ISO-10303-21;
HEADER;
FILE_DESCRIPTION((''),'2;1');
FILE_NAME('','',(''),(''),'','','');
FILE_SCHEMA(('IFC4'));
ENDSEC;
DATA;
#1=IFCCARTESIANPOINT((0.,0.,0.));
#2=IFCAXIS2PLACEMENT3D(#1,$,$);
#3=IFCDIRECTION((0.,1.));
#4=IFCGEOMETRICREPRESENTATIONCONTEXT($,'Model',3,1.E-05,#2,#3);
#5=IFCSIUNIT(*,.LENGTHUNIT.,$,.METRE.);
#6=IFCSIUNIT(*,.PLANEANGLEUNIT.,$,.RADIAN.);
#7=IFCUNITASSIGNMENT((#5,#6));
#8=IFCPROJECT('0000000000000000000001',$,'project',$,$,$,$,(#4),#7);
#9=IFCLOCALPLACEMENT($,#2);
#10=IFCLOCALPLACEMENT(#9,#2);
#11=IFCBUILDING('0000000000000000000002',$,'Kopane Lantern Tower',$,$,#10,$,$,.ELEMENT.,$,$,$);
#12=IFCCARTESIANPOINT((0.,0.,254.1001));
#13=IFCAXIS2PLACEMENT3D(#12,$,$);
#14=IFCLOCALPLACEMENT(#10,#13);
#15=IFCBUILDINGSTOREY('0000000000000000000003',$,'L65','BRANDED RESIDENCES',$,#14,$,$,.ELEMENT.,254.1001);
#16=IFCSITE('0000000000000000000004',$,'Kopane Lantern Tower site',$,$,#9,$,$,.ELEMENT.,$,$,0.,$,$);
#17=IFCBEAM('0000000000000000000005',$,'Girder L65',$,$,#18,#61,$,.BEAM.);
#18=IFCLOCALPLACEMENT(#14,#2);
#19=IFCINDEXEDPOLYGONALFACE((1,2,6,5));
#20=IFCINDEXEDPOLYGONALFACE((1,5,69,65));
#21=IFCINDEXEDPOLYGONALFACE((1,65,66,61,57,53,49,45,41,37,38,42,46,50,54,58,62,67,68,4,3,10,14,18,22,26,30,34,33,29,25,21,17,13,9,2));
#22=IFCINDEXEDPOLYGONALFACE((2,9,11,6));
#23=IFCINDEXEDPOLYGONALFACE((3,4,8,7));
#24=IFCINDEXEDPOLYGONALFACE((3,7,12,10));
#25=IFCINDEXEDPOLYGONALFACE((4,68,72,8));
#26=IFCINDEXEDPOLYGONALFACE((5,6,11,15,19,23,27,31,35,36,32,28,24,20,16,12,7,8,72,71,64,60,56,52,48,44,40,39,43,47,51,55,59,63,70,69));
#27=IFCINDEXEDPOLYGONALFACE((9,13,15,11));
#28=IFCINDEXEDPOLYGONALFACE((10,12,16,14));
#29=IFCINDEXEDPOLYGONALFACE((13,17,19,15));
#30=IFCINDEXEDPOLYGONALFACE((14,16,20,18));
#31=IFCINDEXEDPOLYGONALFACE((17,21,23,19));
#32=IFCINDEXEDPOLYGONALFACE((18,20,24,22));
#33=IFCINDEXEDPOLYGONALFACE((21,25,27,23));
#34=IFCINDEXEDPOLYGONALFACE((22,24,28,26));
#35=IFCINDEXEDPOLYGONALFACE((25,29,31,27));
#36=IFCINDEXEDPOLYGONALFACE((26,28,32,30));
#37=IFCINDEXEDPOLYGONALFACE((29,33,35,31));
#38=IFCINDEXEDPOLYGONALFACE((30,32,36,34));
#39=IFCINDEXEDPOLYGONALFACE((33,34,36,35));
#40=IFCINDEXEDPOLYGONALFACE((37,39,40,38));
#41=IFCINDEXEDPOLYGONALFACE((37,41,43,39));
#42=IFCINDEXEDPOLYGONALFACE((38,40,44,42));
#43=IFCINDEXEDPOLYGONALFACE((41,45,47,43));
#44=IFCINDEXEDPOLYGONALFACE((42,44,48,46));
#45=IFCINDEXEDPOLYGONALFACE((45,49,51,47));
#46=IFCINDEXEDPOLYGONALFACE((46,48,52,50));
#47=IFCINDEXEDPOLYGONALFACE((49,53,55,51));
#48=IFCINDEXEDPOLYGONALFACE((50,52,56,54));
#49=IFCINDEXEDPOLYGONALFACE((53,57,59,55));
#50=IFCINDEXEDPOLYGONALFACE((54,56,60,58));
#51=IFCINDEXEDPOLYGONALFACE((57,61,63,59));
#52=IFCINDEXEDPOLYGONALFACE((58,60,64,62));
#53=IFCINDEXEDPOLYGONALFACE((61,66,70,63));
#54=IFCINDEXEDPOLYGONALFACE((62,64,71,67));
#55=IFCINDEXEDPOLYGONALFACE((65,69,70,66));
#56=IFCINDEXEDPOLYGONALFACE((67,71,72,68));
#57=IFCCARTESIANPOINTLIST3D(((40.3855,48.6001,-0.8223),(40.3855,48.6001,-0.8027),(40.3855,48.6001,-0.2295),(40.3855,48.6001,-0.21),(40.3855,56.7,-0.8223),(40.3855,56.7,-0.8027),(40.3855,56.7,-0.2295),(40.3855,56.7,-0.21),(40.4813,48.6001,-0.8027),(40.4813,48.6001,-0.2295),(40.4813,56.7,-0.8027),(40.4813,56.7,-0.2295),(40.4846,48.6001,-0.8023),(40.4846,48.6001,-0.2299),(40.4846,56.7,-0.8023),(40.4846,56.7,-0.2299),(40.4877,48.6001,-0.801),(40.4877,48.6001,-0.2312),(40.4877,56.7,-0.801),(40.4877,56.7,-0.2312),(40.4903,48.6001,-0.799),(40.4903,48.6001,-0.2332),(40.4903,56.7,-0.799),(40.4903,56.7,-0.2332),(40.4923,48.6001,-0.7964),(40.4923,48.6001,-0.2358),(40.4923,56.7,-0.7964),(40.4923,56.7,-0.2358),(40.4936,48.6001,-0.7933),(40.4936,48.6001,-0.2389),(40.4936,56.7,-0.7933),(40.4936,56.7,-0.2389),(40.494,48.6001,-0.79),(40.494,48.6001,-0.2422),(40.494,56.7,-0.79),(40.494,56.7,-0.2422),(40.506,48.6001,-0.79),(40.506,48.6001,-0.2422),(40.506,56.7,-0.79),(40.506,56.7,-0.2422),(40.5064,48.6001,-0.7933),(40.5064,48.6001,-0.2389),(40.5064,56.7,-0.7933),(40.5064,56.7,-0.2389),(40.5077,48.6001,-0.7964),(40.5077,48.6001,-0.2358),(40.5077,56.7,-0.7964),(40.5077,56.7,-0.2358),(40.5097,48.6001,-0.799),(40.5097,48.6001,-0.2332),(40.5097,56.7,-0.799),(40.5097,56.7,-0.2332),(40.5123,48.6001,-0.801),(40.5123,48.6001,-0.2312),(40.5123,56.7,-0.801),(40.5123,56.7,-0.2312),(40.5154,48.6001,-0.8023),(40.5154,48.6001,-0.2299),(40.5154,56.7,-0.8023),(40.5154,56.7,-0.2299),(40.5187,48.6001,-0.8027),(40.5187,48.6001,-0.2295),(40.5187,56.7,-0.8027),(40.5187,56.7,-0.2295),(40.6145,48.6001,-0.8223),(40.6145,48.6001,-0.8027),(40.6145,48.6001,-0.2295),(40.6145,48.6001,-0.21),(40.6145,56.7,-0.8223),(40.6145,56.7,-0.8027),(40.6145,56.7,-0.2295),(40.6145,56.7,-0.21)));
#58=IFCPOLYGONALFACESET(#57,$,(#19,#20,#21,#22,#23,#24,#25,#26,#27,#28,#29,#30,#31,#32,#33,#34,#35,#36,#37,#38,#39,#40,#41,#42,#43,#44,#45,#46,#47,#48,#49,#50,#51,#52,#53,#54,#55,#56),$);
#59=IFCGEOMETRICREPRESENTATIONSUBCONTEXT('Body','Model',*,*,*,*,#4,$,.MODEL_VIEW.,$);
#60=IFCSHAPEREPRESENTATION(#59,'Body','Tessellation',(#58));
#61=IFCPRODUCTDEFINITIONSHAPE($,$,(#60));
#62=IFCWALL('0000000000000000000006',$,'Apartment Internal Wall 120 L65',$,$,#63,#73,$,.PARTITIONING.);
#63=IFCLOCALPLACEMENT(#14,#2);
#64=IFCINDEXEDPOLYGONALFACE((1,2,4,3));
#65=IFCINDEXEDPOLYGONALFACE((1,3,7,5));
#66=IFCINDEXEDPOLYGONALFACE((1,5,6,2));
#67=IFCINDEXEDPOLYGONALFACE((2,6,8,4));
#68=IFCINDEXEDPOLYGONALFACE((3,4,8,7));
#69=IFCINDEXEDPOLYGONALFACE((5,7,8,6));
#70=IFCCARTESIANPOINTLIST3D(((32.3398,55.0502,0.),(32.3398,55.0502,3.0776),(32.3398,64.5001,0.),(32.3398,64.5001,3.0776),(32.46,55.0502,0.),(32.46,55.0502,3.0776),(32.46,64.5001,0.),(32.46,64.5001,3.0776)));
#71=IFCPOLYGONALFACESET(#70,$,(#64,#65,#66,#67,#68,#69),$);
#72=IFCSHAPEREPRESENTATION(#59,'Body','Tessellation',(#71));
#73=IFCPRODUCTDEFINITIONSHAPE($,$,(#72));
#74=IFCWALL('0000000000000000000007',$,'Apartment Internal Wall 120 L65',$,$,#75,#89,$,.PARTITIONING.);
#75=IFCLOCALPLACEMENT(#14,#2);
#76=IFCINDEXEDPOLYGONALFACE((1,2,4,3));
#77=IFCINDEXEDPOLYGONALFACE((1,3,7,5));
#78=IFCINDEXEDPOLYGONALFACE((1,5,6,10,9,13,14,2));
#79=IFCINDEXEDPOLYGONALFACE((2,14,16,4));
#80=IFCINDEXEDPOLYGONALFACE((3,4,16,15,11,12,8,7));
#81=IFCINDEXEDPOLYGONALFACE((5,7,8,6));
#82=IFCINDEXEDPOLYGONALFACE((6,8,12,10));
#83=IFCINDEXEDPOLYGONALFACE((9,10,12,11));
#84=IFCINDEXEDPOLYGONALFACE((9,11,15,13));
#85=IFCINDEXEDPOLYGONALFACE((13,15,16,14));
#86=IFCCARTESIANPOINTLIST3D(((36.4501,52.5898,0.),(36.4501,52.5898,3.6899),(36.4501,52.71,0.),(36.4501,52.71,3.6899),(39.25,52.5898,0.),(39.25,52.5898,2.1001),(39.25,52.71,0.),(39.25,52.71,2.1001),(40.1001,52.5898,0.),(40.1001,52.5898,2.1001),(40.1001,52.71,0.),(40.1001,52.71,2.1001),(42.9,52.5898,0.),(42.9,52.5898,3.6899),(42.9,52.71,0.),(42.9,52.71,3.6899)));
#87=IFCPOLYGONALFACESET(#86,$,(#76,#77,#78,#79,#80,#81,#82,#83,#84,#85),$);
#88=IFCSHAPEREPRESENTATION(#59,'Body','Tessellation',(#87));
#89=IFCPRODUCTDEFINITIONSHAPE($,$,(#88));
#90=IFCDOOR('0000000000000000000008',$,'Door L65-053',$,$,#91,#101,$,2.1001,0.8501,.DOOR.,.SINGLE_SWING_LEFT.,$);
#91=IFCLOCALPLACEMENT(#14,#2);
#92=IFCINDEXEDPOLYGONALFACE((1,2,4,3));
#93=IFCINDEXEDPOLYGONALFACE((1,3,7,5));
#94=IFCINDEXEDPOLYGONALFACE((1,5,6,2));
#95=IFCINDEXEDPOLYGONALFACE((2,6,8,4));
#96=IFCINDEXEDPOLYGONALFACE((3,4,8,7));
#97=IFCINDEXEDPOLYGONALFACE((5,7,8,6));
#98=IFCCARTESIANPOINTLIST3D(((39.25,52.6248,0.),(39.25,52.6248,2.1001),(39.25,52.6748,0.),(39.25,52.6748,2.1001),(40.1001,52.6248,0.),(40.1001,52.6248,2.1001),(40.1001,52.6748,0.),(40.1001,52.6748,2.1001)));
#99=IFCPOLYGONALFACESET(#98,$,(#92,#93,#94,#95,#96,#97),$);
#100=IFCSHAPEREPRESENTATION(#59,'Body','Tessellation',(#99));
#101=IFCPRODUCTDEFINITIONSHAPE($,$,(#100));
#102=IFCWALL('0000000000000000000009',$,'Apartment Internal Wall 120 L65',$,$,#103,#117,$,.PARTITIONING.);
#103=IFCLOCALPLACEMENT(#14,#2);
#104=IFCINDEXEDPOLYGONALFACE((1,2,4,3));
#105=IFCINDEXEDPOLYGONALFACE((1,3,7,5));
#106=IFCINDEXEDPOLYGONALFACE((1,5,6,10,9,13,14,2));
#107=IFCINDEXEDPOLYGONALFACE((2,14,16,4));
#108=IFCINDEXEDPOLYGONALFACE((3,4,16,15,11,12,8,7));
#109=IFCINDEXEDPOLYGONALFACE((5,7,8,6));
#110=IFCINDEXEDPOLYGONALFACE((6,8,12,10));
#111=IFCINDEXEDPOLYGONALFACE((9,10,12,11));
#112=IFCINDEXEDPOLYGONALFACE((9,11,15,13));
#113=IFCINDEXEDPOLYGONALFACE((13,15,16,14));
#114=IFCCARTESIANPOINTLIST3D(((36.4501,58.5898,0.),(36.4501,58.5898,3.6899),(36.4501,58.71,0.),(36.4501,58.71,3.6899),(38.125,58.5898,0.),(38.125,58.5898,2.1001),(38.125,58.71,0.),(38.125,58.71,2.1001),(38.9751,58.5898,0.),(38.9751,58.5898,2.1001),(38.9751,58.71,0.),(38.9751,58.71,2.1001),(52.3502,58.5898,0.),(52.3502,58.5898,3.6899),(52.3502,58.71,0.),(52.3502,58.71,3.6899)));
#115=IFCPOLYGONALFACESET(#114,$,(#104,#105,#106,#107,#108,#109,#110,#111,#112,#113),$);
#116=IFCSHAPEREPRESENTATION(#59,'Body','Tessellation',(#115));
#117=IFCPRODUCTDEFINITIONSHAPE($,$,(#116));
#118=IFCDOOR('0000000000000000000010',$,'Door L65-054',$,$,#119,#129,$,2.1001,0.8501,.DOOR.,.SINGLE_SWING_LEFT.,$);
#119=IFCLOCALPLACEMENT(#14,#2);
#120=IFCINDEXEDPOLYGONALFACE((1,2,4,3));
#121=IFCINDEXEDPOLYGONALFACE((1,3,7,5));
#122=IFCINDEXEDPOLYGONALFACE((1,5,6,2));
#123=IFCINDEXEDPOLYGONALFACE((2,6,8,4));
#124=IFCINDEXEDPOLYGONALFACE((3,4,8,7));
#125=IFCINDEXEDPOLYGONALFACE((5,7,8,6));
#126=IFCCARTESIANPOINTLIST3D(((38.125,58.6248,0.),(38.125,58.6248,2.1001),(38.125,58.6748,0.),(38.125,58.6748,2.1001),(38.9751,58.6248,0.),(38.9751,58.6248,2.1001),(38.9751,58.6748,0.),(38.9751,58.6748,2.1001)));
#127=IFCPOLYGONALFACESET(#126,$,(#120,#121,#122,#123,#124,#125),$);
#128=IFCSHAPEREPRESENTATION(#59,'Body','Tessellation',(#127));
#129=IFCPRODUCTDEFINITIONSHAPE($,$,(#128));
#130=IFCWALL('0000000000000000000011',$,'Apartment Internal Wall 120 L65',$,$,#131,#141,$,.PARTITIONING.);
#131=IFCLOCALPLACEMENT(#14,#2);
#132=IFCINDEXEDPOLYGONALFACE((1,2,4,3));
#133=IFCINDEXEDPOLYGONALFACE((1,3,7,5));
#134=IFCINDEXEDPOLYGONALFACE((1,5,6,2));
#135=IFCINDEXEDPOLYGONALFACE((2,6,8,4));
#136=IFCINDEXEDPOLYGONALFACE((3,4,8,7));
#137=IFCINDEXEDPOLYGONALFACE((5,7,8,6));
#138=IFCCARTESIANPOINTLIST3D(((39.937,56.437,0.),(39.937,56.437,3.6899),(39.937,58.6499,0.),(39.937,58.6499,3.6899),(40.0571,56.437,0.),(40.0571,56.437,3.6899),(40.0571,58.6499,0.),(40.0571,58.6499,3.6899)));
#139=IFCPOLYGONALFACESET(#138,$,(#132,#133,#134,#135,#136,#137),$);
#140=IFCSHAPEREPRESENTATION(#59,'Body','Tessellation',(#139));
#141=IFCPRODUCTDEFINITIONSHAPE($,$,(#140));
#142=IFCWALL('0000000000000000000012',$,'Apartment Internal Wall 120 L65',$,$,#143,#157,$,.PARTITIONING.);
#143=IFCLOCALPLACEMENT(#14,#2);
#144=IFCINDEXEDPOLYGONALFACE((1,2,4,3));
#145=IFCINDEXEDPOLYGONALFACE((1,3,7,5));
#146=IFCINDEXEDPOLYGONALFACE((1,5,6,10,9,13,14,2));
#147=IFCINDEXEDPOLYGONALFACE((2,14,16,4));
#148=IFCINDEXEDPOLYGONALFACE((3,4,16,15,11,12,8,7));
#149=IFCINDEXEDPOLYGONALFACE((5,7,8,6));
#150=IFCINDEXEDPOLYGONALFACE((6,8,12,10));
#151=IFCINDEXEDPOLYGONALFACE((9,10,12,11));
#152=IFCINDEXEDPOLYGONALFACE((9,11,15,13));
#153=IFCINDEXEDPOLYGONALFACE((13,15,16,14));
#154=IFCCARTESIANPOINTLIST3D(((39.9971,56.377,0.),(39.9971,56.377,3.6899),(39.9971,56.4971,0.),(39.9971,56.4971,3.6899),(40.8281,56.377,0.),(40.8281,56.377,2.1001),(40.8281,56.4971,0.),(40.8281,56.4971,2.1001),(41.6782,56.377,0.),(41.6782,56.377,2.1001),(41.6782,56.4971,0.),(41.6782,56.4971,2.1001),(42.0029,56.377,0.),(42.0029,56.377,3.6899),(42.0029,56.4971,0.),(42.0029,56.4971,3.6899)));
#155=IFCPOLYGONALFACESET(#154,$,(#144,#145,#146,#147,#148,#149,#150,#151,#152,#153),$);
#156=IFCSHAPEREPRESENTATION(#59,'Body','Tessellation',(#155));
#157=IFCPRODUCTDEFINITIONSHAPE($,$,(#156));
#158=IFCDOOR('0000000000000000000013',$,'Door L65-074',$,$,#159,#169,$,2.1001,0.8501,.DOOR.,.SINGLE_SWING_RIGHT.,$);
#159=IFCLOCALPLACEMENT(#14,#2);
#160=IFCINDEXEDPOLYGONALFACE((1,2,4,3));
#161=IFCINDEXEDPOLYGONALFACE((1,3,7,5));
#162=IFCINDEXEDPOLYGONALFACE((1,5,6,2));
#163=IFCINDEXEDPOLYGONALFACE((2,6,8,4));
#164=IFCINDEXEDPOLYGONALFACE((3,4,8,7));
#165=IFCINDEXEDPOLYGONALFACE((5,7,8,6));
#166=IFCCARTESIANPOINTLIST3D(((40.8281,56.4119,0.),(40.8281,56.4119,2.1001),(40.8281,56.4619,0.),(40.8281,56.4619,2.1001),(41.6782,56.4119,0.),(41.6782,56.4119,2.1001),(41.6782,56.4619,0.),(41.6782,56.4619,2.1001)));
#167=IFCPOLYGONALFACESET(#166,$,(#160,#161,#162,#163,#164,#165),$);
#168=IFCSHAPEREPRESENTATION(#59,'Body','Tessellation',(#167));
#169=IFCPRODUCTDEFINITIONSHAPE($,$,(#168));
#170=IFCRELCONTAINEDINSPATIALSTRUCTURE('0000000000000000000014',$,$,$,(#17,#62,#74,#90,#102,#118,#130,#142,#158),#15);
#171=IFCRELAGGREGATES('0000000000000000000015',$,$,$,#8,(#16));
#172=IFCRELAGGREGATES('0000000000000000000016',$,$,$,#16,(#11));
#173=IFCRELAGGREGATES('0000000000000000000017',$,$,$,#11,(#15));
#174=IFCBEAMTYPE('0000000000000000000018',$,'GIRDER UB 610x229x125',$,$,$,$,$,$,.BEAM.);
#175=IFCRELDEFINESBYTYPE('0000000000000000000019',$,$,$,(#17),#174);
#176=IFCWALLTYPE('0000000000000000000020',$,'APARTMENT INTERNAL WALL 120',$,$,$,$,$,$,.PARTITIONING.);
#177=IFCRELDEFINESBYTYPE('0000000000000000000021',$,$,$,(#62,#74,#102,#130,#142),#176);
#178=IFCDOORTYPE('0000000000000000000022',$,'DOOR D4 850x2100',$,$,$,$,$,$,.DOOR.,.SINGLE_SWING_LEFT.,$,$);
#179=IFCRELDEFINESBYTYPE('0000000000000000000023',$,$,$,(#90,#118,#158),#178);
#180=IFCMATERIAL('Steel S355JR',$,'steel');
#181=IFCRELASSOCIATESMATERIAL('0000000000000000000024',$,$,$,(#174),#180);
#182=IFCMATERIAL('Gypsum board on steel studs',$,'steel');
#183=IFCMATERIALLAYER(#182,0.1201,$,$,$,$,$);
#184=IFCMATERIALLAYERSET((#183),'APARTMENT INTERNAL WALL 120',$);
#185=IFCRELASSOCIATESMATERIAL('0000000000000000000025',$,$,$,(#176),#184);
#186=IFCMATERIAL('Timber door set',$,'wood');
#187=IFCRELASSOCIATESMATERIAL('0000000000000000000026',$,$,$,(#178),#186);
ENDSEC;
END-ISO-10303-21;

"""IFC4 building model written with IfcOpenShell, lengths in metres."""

from ifc_helpers import new_model, si_unit, direction, frame, frame_2d, origin, origin_2d, place, context, subcontext, project, spatial, rectangle, i_section, extrude, material, layer, layer_set, material_profile, profile_set, type_object, element, fill, save


model = new_model("IFC4")

# Units and contexts
model_context = context("Model", 3, precision=1e-05, world=origin(), true_north=direction((0.0, 1.0)))
body_context = subcontext(model_context, "Body", "Model", "MODEL_VIEW")
ifc_project = project(units=[si_unit("LENGTHUNIT", "METRE"), si_unit("PLANEANGLEUNIT", "RADIAN")], contexts=[model_context])

# Site, building, storey
site_placement = place(None, origin())
site = spatial("IfcSite", under=ifc_project, at=site_placement, Name="Kopane Lantern Tower site", CompositionType="ELEMENT", RefElevation=0.0)
building_placement = place(site_placement, origin())
building = spatial("IfcBuilding", under=site, at=building_placement, Name="Kopane Lantern Tower", CompositionType="ELEMENT")
storey_placement = place(building_placement, frame((0.0, 0.0, 254.1001)))
storey = spatial("IfcBuildingStorey", under=building, at=storey_placement, Name="L65", Description="BRANDED RESIDENCES", CompositionType="ELEMENT", Elevation=254.1001)

# Beam
ifc_material_1 = material(Name="Steel S355JR", Category="steel")
ifc_material_profile_1 = material_profile(ifc_material_1, i_section(OverallWidth=0.229, OverallDepth=0.6123, WebThickness=0.012, FlangeThickness=0.0195, FilletRadius=0.0127, at=origin_2d()), Name="UB 610x229x125")
ifc_profile_set_1 = profile_set([ifc_material_profile_1], Name="Steel S355JR")
beam_type = type_object("IfcBeamType", Name="GIRDER UB 610x229x125", PredefinedType="BEAM", material=ifc_profile_set_1)
beam_1_placement = place(storey_placement, frame((40.5, 48.6001, -0.5161), z_axis=(0.0, 1.0, 0.0), x_axis=(-1.0, 0.0, 0.0)))
element("IfcBeam", 1, at=beam_1_placement, inside=storey, type_object=beam_type, Name="Girder L65", PredefinedType="BEAM", context=body_context, shape_type="SweptSolid", body=[
    extrude(i_section(OverallWidth=0.229, OverallDepth=0.6123, WebThickness=0.012, FlangeThickness=0.0195, FilletRadius=0.0127, at=origin_2d()), origin(), (0.0, 0.0, 1.0), 8.0999),
])

# Wall
ifc_material_2 = material(Name="Gypsum board on steel studs", Category="steel")
ifc_layer_1 = layer(ifc_material_2, 0.1201)
ifc_layer_set_1 = layer_set([ifc_layer_1], Name="APARTMENT INTERNAL WALL 120")
wall_type_1 = type_object("IfcWallType", Name="APARTMENT INTERNAL WALL 120", PredefinedType="PARTITIONING", material=ifc_layer_set_1)
wall_1_placement = place(storey_placement, frame((32.3999, 55.05, 0.0), z_axis=(0.0, 0.0, 1.0), x_axis=(0.0, 1.0, 0.0)))
element("IfcWall", 2, at=wall_1_placement, inside=storey, type_object=wall_type_1, Name="Apartment Internal Wall 120 L65", PredefinedType="PARTITIONING", context=body_context, shape_type="SweptSolid", body=[
    extrude(rectangle(XDim=9.45, YDim=0.1201, at=frame_2d((4.7251, 0.0))), origin(), (0.0, 0.0, 1.0), 3.0776),
])

# Walls, openings, doors
wall_2_placement = place(storey_placement, frame((36.45, 52.6499, 0.0), z_axis=(0.0, 0.0, 1.0), x_axis=(1.0, 0.0, 0.0)))
wall_2 = element("IfcWall", 3, at=wall_2_placement, inside=storey, type_object=wall_type_1, Name="Apartment Internal Wall 120 L65", PredefinedType="PARTITIONING", context=body_context, shape_type="SweptSolid", body=[
    extrude(rectangle(XDim=6.45, YDim=0.1201, at=frame_2d((3.2251, 0.0))), origin(), (0.0, 0.0, 1.0), 3.6899),
])
opening_1_placement = place(wall_2_placement, frame((2.8, 0.0, 0.0)))
opening_1 = element("IfcOpeningElement", 4, at=opening_1_placement, cuts=wall_2, PredefinedType="OPENING", context=body_context, shape_type="SweptSolid", body=[
    extrude(rectangle(XDim=0.8501, YDim=2.1001, at=frame_2d((0.425, 1.05))), frame((0.0, 0.0701, 0.0), z_axis=(0.0, -1.0, 0.0), x_axis=(1.0, 0.0, 0.0)), (0.0, 0.0, 1.0), 0.1401),
])
ifc_material_3 = material(Name="Timber door set", Category="wood")
door_type_1 = type_object("IfcDoorType", Name="DOOR D4 850x2100", OperationType="SINGLE_SWING_LEFT", PredefinedType="DOOR", material=ifc_material_3)
door_1_placement = place(opening_1_placement, origin())
door_1 = element("IfcDoor", 5, at=door_1_placement, inside=storey, type_object=door_type_1, Name="Door L65-053", OperationType="SINGLE_SWING_LEFT", OverallHeight=2.1001, OverallWidth=0.8501, PredefinedType="DOOR", context=body_context, shape_type="SweptSolid", body=[
    extrude(rectangle(XDim=0.8501, YDim=2.1001, at=frame_2d((0.425, 1.05))), frame((0.0, 0.0249, 0.0), z_axis=(0.0, -1.0, 0.0), x_axis=(1.0, 0.0, 0.0)), (0.0, 0.0, 1.0), 0.05),
])
fill(opening_1, door_1)
wall_3_placement = place(storey_placement, frame((36.45, 58.6499, 0.0), z_axis=(0.0, 0.0, 1.0), x_axis=(1.0, 0.0, 0.0)))
wall_3 = element("IfcWall", 6, at=wall_3_placement, inside=storey, type_object=wall_type_1, Name="Apartment Internal Wall 120 L65", PredefinedType="PARTITIONING", context=body_context, shape_type="SweptSolid", body=[
    extrude(rectangle(XDim=15.9001, YDim=0.1201, at=frame_2d((7.9502, 0.0))), origin(), (0.0, 0.0, 1.0), 3.6899),
])
opening_2_placement = place(wall_3_placement, frame((1.675, 0.0, 0.0)))
opening_2 = element("IfcOpeningElement", 7, at=opening_2_placement, cuts=wall_3, PredefinedType="OPENING", context=body_context, shape_type="SweptSolid", body=[
    extrude(rectangle(XDim=0.8501, YDim=2.1001, at=frame_2d((0.425, 1.05))), frame((0.0, 0.0701, 0.0), z_axis=(0.0, -1.0, 0.0), x_axis=(1.0, 0.0, 0.0)), (0.0, 0.0, 1.0), 0.1401),
])
door_2_placement = place(opening_2_placement, origin())
door_2 = element("IfcDoor", 8, at=door_2_placement, inside=storey, type_object=door_type_1, Name="Door L65-054", OperationType="SINGLE_SWING_LEFT", OverallHeight=2.1001, OverallWidth=0.8501, PredefinedType="DOOR", context=body_context, shape_type="SweptSolid", body=[
    extrude(rectangle(XDim=0.8501, YDim=2.1001, at=frame_2d((0.425, 1.05))), frame((0.0, 0.0249, 0.0), z_axis=(0.0, -1.0, 0.0), x_axis=(1.0, 0.0, 0.0)), (0.0, 0.0, 1.0), 0.05),
])
fill(opening_2, door_2)

# Wall
wall_4_placement = place(storey_placement, frame((39.9971, 58.6499, 0.0), z_axis=(0.0, 0.0, 1.0), x_axis=(0.0, -1.0, 0.0)))
element("IfcWall", 9, at=wall_4_placement, inside=storey, type_object=wall_type_1, Name="Apartment Internal Wall 120 L65", PredefinedType="PARTITIONING", context=body_context, shape_type="SweptSolid", body=[
    extrude(rectangle(XDim=2.2129, YDim=0.1201, at=frame_2d((1.1064, 0.0))), origin(), (0.0, 0.0, 1.0), 3.6899),
])

# Wall, opening, door
wall_5_placement = place(storey_placement, frame((39.9971, 56.437, 0.0), z_axis=(0.0, 0.0, 1.0), x_axis=(1.0, 0.0, 0.0)))
wall_5 = element("IfcWall", 10, at=wall_5_placement, inside=storey, type_object=wall_type_1, Name="Apartment Internal Wall 120 L65", PredefinedType="PARTITIONING", context=body_context, shape_type="SweptSolid", body=[
    extrude(rectangle(XDim=2.0059, YDim=0.1201, at=frame_2d((1.0029, 0.0))), origin(), (0.0, 0.0, 1.0), 3.6899),
])
opening_3_placement = place(wall_5_placement, frame((0.8311, 0.0, 0.0)))
opening_3 = element("IfcOpeningElement", 11, at=opening_3_placement, cuts=wall_5, PredefinedType="OPENING", context=body_context, shape_type="SweptSolid", body=[
    extrude(rectangle(XDim=0.8501, YDim=2.1001, at=frame_2d((0.425, 1.05))), frame((0.0, 0.0701, 0.0), z_axis=(0.0, -1.0, 0.0), x_axis=(1.0, 0.0, 0.0)), (0.0, 0.0, 1.0), 0.1401),
])
door_3_placement = place(opening_3_placement, origin())
door_3 = element("IfcDoor", 12, at=door_3_placement, inside=storey, type_object=door_type_1, Name="Door L65-074", OperationType="SINGLE_SWING_RIGHT", OverallHeight=2.1001, OverallWidth=0.8501, PredefinedType="DOOR", context=body_context, shape_type="SweptSolid", body=[
    extrude(rectangle(XDim=0.8501, YDim=2.1001, at=frame_2d((0.425, 1.05))), frame((0.0, 0.0249, 0.0), z_axis=(0.0, -1.0, 0.0), x_axis=(1.0, 0.0, 0.0)), (0.0, 0.0, 1.0), 0.05),
])
fill(opening_3, door_3)

save(model, "model.ifc")
